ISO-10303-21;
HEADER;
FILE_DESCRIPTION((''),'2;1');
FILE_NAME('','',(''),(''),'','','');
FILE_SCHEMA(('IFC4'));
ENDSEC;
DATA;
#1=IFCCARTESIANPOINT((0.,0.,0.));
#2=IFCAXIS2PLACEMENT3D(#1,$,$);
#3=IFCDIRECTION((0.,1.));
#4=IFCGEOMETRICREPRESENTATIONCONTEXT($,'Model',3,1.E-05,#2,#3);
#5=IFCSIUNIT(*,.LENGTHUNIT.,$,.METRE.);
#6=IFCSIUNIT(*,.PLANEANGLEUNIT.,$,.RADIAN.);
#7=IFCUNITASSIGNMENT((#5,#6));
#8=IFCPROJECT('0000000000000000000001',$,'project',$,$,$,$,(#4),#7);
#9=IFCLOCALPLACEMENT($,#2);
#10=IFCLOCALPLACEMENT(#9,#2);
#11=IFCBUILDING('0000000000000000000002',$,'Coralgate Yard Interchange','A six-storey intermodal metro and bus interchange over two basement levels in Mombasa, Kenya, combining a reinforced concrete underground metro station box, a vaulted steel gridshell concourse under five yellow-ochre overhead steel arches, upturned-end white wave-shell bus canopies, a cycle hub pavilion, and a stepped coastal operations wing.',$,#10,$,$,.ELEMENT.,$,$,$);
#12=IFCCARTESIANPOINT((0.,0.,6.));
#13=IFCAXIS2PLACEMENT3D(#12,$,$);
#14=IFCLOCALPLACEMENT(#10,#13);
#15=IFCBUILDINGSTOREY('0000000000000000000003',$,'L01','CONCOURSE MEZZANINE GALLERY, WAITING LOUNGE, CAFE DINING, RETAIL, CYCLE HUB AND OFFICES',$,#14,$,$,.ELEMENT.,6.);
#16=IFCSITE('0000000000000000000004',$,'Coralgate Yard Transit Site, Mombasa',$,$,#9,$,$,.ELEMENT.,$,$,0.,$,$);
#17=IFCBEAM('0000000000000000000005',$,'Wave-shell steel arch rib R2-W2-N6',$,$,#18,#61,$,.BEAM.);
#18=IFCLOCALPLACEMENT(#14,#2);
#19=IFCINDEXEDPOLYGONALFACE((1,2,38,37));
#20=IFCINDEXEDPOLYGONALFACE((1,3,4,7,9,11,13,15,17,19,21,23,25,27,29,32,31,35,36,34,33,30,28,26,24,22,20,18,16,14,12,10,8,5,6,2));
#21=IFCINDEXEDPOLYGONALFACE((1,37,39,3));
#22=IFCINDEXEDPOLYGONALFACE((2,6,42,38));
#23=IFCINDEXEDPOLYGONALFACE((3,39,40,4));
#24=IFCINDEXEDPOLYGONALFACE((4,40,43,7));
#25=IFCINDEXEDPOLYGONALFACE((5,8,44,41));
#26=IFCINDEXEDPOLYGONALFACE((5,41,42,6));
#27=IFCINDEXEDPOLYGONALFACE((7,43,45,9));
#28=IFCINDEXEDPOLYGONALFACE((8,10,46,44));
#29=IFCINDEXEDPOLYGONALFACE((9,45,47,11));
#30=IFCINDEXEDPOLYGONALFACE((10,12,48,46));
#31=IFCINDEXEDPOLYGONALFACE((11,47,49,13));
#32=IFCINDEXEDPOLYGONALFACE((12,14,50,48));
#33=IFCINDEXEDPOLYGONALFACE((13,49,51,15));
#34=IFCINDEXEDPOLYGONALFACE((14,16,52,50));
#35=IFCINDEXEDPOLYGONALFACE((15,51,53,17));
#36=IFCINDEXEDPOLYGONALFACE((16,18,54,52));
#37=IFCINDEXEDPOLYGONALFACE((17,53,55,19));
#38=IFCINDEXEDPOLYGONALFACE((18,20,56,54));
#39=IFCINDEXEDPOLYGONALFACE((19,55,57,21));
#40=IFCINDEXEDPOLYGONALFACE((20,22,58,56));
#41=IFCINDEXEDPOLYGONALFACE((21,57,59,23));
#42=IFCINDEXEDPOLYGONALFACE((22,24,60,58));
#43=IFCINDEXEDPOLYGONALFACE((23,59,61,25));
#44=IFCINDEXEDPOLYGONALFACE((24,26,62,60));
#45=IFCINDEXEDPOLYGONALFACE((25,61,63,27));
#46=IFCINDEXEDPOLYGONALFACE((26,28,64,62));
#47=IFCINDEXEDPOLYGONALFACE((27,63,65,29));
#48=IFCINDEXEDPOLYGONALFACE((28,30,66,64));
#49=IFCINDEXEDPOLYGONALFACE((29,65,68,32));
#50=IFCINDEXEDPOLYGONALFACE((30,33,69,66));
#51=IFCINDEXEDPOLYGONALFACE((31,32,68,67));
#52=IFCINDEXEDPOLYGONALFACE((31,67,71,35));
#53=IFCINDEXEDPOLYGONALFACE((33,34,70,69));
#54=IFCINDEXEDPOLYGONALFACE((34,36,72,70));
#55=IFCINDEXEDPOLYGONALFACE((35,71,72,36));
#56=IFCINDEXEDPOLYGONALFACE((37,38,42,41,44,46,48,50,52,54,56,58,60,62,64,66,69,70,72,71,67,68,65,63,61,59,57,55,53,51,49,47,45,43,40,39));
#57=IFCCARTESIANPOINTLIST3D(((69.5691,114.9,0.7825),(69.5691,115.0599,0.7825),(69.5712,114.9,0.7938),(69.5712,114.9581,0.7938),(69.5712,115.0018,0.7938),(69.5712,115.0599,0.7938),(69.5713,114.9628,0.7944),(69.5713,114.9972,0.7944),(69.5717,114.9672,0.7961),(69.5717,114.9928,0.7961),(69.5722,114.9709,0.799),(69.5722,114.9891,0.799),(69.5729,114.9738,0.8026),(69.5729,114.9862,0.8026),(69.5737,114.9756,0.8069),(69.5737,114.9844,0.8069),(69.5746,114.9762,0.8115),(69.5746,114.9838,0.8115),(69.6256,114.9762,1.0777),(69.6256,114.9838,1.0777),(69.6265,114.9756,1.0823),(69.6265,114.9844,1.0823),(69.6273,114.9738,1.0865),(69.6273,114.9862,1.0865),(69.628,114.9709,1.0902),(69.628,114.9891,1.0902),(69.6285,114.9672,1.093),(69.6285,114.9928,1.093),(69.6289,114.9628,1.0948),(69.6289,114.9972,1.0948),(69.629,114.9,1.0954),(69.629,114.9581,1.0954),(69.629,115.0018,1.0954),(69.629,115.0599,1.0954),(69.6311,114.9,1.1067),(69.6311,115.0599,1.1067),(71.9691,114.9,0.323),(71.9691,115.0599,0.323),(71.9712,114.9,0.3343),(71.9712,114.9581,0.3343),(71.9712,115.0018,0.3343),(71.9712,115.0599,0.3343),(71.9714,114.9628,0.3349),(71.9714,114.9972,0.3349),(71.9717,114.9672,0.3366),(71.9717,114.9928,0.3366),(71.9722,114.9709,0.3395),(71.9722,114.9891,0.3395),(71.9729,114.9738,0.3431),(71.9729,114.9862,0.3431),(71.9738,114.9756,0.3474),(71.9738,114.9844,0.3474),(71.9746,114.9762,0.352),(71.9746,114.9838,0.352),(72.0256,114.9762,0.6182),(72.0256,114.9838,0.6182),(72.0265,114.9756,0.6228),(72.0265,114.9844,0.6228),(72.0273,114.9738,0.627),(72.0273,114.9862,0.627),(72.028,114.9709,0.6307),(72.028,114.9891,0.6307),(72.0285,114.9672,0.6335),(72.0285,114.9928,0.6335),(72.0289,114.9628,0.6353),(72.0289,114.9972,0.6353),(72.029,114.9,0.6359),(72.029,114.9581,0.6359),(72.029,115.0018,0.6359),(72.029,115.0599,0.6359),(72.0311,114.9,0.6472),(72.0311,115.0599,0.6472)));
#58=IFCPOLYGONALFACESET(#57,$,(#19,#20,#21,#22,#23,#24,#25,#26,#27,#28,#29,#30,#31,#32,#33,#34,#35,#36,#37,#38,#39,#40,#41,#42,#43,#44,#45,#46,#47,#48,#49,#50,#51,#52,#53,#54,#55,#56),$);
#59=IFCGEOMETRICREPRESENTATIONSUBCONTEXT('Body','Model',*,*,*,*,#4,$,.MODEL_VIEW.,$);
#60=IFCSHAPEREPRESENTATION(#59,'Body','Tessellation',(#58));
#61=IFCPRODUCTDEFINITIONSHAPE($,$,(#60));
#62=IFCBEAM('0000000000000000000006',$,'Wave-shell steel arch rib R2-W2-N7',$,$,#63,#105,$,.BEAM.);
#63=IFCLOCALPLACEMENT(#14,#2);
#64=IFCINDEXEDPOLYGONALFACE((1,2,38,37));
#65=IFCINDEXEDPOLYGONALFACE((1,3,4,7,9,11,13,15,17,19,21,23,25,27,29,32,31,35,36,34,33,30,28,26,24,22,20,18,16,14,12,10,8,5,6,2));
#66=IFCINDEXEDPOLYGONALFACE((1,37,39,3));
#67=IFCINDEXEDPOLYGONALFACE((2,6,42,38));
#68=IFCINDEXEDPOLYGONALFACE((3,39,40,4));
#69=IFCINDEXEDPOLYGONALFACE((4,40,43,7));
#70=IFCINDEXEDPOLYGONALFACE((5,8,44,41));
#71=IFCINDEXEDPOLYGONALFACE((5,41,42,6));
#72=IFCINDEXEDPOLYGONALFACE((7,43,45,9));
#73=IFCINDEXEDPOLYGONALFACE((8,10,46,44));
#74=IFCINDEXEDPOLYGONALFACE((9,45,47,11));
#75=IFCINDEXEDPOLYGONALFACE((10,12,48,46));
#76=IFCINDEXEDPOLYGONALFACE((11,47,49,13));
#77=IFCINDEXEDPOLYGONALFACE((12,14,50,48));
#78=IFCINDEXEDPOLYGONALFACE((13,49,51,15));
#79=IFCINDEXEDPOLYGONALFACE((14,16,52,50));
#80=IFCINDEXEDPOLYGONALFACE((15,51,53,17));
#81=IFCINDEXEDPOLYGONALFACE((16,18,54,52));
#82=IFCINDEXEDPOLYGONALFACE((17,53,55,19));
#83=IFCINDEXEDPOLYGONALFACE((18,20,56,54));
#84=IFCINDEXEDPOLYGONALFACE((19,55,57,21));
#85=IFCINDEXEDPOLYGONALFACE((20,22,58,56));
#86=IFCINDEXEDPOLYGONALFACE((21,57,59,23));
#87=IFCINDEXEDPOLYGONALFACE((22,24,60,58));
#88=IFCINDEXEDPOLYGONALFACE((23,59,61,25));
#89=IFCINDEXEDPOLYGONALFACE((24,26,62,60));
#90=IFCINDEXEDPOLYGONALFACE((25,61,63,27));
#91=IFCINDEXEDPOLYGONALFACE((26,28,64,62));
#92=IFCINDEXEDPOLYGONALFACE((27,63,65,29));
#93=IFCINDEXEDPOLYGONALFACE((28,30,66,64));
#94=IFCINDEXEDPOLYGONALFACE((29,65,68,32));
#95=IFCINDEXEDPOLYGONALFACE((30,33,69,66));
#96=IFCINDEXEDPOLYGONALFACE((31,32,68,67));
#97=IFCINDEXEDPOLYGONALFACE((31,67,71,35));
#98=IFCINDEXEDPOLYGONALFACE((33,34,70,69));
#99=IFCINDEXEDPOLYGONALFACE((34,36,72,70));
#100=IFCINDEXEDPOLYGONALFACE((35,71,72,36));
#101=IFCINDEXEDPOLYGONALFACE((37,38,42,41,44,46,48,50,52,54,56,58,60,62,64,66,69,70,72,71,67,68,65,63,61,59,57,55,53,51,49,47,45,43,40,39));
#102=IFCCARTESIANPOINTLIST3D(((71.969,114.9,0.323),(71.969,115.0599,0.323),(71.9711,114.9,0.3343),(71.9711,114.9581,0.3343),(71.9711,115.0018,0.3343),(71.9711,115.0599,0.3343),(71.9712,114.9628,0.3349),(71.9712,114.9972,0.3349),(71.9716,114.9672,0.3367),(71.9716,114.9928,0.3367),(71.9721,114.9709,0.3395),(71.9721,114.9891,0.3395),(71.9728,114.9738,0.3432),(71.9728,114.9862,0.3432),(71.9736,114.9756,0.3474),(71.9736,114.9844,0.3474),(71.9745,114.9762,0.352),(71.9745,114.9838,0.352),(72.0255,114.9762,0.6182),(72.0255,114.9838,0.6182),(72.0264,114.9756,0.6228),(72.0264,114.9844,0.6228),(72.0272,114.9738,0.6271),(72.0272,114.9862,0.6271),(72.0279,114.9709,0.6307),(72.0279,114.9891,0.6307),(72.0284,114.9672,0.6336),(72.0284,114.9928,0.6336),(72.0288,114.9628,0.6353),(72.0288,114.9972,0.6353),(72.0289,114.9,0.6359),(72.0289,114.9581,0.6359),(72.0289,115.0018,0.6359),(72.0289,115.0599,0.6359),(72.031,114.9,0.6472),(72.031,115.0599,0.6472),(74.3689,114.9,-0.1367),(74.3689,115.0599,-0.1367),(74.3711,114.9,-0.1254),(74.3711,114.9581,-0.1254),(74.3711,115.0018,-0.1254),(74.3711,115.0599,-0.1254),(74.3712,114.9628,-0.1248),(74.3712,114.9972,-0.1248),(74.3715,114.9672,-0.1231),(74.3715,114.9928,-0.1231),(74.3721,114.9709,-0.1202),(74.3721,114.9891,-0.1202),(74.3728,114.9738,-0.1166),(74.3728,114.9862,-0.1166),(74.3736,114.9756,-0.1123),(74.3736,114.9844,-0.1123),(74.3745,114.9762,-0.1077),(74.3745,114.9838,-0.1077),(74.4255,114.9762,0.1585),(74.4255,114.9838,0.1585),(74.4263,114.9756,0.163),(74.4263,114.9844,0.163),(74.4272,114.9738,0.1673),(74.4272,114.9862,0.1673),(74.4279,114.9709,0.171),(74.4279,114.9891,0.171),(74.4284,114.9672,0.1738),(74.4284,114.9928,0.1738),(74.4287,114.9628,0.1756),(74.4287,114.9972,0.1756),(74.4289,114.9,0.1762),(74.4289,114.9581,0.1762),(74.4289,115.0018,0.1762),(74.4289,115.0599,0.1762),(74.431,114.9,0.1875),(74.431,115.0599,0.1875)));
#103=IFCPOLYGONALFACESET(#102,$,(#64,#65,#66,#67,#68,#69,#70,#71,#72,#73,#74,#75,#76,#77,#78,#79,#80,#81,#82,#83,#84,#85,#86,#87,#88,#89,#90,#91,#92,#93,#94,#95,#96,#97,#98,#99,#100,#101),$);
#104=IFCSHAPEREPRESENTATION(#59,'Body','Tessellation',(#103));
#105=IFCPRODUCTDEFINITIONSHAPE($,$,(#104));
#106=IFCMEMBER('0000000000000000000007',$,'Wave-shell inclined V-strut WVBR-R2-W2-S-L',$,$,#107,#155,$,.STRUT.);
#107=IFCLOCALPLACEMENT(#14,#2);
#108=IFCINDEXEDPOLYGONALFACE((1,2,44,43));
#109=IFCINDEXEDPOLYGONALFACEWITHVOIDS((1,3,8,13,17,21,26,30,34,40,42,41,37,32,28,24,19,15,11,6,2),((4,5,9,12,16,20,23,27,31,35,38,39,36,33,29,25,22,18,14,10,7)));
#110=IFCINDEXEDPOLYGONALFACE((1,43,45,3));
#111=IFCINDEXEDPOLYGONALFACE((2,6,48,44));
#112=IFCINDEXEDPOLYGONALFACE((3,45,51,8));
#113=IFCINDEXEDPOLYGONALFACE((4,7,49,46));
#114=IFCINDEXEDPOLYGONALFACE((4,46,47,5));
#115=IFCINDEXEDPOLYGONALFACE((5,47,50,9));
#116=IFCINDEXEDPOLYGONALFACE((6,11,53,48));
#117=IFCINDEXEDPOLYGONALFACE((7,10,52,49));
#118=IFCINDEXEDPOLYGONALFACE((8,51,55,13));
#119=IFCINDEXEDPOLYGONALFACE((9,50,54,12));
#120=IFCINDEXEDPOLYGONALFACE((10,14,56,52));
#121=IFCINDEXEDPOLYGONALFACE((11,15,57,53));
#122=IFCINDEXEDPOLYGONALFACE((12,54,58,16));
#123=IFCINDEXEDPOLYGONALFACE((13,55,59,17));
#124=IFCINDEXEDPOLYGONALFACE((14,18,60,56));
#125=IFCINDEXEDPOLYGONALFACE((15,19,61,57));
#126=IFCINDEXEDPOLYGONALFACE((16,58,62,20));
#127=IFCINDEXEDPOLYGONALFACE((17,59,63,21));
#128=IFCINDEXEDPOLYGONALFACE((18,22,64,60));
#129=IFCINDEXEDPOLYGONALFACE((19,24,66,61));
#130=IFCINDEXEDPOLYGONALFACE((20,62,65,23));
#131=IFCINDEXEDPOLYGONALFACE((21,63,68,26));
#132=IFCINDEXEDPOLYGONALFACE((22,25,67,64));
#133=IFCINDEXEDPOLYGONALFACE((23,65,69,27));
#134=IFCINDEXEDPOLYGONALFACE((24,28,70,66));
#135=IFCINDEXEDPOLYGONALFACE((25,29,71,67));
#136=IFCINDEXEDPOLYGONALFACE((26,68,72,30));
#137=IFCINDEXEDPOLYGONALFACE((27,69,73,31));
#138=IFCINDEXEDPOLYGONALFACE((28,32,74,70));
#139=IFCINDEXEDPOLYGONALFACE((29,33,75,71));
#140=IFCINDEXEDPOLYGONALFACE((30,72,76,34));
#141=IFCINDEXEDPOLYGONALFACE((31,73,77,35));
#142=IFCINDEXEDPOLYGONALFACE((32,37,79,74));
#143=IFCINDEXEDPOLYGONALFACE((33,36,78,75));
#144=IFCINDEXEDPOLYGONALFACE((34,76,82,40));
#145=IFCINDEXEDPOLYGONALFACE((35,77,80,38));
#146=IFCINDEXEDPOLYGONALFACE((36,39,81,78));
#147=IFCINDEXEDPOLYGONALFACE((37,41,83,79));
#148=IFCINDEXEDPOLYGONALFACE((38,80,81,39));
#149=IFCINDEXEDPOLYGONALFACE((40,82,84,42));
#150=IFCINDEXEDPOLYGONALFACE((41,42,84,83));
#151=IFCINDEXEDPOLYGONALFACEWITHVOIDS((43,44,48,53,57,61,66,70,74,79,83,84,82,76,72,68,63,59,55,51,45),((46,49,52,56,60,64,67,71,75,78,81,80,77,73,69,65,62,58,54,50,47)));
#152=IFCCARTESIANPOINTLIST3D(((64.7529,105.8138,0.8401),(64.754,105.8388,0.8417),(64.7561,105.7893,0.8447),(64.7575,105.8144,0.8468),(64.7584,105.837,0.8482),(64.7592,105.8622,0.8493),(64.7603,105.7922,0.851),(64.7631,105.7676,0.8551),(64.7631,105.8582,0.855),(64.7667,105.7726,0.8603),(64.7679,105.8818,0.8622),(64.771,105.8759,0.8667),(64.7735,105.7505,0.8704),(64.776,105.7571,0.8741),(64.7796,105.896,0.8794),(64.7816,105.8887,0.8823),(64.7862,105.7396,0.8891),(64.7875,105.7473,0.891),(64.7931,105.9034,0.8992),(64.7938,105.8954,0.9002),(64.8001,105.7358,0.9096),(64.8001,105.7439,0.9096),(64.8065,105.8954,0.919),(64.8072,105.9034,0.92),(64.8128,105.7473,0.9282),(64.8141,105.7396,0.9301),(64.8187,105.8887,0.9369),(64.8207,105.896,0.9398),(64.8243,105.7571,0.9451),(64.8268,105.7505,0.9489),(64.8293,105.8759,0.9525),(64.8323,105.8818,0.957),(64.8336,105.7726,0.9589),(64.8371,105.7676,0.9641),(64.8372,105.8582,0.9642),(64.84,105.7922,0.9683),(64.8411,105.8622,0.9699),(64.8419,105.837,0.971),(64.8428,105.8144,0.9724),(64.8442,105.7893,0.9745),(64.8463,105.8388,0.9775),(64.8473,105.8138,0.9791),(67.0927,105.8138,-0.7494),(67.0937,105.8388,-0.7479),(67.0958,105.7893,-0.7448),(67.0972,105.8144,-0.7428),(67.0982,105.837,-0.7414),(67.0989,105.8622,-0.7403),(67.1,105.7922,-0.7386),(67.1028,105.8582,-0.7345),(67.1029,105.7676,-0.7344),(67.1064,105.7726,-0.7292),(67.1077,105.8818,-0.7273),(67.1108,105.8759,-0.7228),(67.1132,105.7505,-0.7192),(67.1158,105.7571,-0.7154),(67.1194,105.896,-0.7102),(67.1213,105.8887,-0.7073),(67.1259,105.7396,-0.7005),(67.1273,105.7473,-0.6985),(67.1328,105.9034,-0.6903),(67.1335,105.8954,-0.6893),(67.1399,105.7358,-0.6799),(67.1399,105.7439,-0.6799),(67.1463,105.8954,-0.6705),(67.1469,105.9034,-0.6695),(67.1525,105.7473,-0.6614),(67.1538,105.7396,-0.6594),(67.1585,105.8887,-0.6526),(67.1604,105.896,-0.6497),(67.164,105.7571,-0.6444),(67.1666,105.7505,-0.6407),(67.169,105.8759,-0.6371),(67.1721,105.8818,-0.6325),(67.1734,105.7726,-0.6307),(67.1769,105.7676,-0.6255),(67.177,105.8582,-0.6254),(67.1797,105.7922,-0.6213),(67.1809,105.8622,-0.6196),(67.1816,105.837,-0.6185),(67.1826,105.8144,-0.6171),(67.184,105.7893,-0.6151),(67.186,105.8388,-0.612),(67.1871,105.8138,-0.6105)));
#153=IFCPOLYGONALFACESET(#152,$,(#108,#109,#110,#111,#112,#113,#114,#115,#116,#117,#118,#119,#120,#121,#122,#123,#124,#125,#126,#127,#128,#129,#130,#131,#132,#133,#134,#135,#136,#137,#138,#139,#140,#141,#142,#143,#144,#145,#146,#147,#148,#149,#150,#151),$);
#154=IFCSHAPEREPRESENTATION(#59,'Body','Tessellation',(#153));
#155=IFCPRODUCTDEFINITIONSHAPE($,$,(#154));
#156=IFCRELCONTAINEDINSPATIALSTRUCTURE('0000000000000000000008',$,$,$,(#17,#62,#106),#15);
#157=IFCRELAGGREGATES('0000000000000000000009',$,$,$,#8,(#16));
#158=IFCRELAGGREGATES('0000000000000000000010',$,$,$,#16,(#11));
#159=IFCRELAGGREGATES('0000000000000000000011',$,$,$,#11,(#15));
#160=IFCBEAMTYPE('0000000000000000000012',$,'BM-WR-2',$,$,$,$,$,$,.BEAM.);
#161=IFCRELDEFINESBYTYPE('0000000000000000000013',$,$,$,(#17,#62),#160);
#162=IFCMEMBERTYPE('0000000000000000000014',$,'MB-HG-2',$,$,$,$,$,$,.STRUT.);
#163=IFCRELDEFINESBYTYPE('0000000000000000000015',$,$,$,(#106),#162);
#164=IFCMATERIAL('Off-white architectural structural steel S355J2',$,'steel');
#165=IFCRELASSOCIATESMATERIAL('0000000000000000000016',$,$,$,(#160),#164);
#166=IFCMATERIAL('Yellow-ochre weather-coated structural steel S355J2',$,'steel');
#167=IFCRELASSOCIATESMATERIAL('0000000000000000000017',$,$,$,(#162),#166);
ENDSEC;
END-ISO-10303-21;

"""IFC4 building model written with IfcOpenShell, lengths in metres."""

from ifc_helpers import new_model, si_unit, direction, frame, origin, origin_2d, place, context, subcontext, project, spatial, hollow_circle, i_section, extrude, material, material_profile, profile_set, type_object, element, save


model = new_model("IFC4")

# Units and contexts
model_context = context("Model", 3, precision=1e-05, world=origin(), true_north=direction((0.0, 1.0)))
body_context = subcontext(model_context, "Body", "Model", "MODEL_VIEW")
ifc_project = project(units=[si_unit("LENGTHUNIT", "METRE"), si_unit("PLANEANGLEUNIT", "RADIAN")], contexts=[model_context])

# Site, building, storey
site_placement = place(None, origin())
site = spatial("IfcSite", under=ifc_project, at=site_placement, Name="Coralgate Yard Transit Site, Mombasa", CompositionType="ELEMENT", RefElevation=0.0)
building_placement = place(site_placement, origin())
building = spatial("IfcBuilding", under=site, at=building_placement, Name="Coralgate Yard Interchange", Description="A six-storey intermodal metro and bus interchange over two basement levels in Mombasa, Kenya, combining a reinforced concrete underground metro station box, a vaulted steel gridshell concourse under five yellow-ochre overhead steel arches, upturned-end white wave-shell bus canopies, a cycle hub pavilion, and a stepped coastal operations wing.", CompositionType="ELEMENT")
storey_placement = place(building_placement, frame((0.0, 0.0, 6.0)))
storey = spatial("IfcBuildingStorey", under=building, at=storey_placement, Name="L01", Description="CONCOURSE MEZZANINE GALLERY, WAITING LOUNGE, CAFE DINING, RETAIL, CYCLE HUB AND OFFICES", CompositionType="ELEMENT", Elevation=6.0)

# Beams
ifc_material_1 = material(Name="Off-white architectural structural steel S355J2", Category="steel")
ifc_material_profile_1 = material_profile(ifc_material_1, i_section(OverallWidth=0.1599, OverallDepth=0.3301, WebThickness=0.0076, FlangeThickness=0.0115, FilletRadius=0.0181, at=origin_2d()), Name="IPE 330")
ifc_profile_set_1 = profile_set([ifc_material_profile_1], Name="Off-white architectural structural steel S355J2")
beam_type_1 = type_object("IfcBeamType", Name="BM-WR-2", PredefinedType="BEAM", material=ifc_profile_set_1)
for number, where, z_axis, x_axis, name in (
    (1, (69.6001, 114.98, 0.9446), (0.982161, 0.0, -0.188039), (0.0, 1.0, 0.0), "Wave-shell steel arch rib R2-W2-N6"),
    (2, (72.0, 114.98, 0.4851), (0.982143, 0.0, -0.188136), (0.0, 1.0, 0.0), "Wave-shell steel arch rib R2-W2-N7"),
):
    element("IfcBeam", number, at=place(storey_placement, frame(where, z_axis=z_axis, x_axis=x_axis)), inside=storey, type_object=beam_type_1, Name=name, PredefinedType="BEAM", context=body_context, shape_type="SweptSolid", body=[
        extrude(i_section(OverallWidth=0.1599, OverallDepth=0.3301, WebThickness=0.0076, FlangeThickness=0.0115, FilletRadius=0.0181, at=origin_2d()), origin(), (0.0, 0.0, 1.0), 2.4436),
    ])

# Member
ifc_material_2 = material(Name="Yellow-ochre weather-coated structural steel S355J2", Category="steel")
ifc_material_profile_2 = material_profile(ifc_material_2, hollow_circle(Radius=0.0842, WallThickness=0.0081, at=origin_2d()), Name="CHS 168.3x8")
ifc_profile_set_2 = profile_set([ifc_material_profile_2], Name="Yellow-ochre weather-coated structural steel S355J2")
member_type_1 = type_object("IfcMemberType", Name="MB-HG-2", PredefinedType="STRUT", material=ifc_profile_set_2)
member_1_placement = place(storey_placement, frame((67.1399, 105.8201, -0.6799), z_axis=(-0.827172, 0.0, 0.561949), x_axis=(0.0, -1.0, 0.0)))
element("IfcMember", 3, at=member_1_placement, inside=storey, type_object=member_type_1, Name="Wave-shell inclined V-strut WVBR-R2-W2-S-L", PredefinedType="STRUT", context=body_context, shape_type="SweptSolid", body=[
    extrude(hollow_circle(Radius=0.0842, WallThickness=0.0081, at=origin_2d()), origin(), (0.0, 0.0, 1.0), 2.8286),
])

save(model, "model.ifc")
